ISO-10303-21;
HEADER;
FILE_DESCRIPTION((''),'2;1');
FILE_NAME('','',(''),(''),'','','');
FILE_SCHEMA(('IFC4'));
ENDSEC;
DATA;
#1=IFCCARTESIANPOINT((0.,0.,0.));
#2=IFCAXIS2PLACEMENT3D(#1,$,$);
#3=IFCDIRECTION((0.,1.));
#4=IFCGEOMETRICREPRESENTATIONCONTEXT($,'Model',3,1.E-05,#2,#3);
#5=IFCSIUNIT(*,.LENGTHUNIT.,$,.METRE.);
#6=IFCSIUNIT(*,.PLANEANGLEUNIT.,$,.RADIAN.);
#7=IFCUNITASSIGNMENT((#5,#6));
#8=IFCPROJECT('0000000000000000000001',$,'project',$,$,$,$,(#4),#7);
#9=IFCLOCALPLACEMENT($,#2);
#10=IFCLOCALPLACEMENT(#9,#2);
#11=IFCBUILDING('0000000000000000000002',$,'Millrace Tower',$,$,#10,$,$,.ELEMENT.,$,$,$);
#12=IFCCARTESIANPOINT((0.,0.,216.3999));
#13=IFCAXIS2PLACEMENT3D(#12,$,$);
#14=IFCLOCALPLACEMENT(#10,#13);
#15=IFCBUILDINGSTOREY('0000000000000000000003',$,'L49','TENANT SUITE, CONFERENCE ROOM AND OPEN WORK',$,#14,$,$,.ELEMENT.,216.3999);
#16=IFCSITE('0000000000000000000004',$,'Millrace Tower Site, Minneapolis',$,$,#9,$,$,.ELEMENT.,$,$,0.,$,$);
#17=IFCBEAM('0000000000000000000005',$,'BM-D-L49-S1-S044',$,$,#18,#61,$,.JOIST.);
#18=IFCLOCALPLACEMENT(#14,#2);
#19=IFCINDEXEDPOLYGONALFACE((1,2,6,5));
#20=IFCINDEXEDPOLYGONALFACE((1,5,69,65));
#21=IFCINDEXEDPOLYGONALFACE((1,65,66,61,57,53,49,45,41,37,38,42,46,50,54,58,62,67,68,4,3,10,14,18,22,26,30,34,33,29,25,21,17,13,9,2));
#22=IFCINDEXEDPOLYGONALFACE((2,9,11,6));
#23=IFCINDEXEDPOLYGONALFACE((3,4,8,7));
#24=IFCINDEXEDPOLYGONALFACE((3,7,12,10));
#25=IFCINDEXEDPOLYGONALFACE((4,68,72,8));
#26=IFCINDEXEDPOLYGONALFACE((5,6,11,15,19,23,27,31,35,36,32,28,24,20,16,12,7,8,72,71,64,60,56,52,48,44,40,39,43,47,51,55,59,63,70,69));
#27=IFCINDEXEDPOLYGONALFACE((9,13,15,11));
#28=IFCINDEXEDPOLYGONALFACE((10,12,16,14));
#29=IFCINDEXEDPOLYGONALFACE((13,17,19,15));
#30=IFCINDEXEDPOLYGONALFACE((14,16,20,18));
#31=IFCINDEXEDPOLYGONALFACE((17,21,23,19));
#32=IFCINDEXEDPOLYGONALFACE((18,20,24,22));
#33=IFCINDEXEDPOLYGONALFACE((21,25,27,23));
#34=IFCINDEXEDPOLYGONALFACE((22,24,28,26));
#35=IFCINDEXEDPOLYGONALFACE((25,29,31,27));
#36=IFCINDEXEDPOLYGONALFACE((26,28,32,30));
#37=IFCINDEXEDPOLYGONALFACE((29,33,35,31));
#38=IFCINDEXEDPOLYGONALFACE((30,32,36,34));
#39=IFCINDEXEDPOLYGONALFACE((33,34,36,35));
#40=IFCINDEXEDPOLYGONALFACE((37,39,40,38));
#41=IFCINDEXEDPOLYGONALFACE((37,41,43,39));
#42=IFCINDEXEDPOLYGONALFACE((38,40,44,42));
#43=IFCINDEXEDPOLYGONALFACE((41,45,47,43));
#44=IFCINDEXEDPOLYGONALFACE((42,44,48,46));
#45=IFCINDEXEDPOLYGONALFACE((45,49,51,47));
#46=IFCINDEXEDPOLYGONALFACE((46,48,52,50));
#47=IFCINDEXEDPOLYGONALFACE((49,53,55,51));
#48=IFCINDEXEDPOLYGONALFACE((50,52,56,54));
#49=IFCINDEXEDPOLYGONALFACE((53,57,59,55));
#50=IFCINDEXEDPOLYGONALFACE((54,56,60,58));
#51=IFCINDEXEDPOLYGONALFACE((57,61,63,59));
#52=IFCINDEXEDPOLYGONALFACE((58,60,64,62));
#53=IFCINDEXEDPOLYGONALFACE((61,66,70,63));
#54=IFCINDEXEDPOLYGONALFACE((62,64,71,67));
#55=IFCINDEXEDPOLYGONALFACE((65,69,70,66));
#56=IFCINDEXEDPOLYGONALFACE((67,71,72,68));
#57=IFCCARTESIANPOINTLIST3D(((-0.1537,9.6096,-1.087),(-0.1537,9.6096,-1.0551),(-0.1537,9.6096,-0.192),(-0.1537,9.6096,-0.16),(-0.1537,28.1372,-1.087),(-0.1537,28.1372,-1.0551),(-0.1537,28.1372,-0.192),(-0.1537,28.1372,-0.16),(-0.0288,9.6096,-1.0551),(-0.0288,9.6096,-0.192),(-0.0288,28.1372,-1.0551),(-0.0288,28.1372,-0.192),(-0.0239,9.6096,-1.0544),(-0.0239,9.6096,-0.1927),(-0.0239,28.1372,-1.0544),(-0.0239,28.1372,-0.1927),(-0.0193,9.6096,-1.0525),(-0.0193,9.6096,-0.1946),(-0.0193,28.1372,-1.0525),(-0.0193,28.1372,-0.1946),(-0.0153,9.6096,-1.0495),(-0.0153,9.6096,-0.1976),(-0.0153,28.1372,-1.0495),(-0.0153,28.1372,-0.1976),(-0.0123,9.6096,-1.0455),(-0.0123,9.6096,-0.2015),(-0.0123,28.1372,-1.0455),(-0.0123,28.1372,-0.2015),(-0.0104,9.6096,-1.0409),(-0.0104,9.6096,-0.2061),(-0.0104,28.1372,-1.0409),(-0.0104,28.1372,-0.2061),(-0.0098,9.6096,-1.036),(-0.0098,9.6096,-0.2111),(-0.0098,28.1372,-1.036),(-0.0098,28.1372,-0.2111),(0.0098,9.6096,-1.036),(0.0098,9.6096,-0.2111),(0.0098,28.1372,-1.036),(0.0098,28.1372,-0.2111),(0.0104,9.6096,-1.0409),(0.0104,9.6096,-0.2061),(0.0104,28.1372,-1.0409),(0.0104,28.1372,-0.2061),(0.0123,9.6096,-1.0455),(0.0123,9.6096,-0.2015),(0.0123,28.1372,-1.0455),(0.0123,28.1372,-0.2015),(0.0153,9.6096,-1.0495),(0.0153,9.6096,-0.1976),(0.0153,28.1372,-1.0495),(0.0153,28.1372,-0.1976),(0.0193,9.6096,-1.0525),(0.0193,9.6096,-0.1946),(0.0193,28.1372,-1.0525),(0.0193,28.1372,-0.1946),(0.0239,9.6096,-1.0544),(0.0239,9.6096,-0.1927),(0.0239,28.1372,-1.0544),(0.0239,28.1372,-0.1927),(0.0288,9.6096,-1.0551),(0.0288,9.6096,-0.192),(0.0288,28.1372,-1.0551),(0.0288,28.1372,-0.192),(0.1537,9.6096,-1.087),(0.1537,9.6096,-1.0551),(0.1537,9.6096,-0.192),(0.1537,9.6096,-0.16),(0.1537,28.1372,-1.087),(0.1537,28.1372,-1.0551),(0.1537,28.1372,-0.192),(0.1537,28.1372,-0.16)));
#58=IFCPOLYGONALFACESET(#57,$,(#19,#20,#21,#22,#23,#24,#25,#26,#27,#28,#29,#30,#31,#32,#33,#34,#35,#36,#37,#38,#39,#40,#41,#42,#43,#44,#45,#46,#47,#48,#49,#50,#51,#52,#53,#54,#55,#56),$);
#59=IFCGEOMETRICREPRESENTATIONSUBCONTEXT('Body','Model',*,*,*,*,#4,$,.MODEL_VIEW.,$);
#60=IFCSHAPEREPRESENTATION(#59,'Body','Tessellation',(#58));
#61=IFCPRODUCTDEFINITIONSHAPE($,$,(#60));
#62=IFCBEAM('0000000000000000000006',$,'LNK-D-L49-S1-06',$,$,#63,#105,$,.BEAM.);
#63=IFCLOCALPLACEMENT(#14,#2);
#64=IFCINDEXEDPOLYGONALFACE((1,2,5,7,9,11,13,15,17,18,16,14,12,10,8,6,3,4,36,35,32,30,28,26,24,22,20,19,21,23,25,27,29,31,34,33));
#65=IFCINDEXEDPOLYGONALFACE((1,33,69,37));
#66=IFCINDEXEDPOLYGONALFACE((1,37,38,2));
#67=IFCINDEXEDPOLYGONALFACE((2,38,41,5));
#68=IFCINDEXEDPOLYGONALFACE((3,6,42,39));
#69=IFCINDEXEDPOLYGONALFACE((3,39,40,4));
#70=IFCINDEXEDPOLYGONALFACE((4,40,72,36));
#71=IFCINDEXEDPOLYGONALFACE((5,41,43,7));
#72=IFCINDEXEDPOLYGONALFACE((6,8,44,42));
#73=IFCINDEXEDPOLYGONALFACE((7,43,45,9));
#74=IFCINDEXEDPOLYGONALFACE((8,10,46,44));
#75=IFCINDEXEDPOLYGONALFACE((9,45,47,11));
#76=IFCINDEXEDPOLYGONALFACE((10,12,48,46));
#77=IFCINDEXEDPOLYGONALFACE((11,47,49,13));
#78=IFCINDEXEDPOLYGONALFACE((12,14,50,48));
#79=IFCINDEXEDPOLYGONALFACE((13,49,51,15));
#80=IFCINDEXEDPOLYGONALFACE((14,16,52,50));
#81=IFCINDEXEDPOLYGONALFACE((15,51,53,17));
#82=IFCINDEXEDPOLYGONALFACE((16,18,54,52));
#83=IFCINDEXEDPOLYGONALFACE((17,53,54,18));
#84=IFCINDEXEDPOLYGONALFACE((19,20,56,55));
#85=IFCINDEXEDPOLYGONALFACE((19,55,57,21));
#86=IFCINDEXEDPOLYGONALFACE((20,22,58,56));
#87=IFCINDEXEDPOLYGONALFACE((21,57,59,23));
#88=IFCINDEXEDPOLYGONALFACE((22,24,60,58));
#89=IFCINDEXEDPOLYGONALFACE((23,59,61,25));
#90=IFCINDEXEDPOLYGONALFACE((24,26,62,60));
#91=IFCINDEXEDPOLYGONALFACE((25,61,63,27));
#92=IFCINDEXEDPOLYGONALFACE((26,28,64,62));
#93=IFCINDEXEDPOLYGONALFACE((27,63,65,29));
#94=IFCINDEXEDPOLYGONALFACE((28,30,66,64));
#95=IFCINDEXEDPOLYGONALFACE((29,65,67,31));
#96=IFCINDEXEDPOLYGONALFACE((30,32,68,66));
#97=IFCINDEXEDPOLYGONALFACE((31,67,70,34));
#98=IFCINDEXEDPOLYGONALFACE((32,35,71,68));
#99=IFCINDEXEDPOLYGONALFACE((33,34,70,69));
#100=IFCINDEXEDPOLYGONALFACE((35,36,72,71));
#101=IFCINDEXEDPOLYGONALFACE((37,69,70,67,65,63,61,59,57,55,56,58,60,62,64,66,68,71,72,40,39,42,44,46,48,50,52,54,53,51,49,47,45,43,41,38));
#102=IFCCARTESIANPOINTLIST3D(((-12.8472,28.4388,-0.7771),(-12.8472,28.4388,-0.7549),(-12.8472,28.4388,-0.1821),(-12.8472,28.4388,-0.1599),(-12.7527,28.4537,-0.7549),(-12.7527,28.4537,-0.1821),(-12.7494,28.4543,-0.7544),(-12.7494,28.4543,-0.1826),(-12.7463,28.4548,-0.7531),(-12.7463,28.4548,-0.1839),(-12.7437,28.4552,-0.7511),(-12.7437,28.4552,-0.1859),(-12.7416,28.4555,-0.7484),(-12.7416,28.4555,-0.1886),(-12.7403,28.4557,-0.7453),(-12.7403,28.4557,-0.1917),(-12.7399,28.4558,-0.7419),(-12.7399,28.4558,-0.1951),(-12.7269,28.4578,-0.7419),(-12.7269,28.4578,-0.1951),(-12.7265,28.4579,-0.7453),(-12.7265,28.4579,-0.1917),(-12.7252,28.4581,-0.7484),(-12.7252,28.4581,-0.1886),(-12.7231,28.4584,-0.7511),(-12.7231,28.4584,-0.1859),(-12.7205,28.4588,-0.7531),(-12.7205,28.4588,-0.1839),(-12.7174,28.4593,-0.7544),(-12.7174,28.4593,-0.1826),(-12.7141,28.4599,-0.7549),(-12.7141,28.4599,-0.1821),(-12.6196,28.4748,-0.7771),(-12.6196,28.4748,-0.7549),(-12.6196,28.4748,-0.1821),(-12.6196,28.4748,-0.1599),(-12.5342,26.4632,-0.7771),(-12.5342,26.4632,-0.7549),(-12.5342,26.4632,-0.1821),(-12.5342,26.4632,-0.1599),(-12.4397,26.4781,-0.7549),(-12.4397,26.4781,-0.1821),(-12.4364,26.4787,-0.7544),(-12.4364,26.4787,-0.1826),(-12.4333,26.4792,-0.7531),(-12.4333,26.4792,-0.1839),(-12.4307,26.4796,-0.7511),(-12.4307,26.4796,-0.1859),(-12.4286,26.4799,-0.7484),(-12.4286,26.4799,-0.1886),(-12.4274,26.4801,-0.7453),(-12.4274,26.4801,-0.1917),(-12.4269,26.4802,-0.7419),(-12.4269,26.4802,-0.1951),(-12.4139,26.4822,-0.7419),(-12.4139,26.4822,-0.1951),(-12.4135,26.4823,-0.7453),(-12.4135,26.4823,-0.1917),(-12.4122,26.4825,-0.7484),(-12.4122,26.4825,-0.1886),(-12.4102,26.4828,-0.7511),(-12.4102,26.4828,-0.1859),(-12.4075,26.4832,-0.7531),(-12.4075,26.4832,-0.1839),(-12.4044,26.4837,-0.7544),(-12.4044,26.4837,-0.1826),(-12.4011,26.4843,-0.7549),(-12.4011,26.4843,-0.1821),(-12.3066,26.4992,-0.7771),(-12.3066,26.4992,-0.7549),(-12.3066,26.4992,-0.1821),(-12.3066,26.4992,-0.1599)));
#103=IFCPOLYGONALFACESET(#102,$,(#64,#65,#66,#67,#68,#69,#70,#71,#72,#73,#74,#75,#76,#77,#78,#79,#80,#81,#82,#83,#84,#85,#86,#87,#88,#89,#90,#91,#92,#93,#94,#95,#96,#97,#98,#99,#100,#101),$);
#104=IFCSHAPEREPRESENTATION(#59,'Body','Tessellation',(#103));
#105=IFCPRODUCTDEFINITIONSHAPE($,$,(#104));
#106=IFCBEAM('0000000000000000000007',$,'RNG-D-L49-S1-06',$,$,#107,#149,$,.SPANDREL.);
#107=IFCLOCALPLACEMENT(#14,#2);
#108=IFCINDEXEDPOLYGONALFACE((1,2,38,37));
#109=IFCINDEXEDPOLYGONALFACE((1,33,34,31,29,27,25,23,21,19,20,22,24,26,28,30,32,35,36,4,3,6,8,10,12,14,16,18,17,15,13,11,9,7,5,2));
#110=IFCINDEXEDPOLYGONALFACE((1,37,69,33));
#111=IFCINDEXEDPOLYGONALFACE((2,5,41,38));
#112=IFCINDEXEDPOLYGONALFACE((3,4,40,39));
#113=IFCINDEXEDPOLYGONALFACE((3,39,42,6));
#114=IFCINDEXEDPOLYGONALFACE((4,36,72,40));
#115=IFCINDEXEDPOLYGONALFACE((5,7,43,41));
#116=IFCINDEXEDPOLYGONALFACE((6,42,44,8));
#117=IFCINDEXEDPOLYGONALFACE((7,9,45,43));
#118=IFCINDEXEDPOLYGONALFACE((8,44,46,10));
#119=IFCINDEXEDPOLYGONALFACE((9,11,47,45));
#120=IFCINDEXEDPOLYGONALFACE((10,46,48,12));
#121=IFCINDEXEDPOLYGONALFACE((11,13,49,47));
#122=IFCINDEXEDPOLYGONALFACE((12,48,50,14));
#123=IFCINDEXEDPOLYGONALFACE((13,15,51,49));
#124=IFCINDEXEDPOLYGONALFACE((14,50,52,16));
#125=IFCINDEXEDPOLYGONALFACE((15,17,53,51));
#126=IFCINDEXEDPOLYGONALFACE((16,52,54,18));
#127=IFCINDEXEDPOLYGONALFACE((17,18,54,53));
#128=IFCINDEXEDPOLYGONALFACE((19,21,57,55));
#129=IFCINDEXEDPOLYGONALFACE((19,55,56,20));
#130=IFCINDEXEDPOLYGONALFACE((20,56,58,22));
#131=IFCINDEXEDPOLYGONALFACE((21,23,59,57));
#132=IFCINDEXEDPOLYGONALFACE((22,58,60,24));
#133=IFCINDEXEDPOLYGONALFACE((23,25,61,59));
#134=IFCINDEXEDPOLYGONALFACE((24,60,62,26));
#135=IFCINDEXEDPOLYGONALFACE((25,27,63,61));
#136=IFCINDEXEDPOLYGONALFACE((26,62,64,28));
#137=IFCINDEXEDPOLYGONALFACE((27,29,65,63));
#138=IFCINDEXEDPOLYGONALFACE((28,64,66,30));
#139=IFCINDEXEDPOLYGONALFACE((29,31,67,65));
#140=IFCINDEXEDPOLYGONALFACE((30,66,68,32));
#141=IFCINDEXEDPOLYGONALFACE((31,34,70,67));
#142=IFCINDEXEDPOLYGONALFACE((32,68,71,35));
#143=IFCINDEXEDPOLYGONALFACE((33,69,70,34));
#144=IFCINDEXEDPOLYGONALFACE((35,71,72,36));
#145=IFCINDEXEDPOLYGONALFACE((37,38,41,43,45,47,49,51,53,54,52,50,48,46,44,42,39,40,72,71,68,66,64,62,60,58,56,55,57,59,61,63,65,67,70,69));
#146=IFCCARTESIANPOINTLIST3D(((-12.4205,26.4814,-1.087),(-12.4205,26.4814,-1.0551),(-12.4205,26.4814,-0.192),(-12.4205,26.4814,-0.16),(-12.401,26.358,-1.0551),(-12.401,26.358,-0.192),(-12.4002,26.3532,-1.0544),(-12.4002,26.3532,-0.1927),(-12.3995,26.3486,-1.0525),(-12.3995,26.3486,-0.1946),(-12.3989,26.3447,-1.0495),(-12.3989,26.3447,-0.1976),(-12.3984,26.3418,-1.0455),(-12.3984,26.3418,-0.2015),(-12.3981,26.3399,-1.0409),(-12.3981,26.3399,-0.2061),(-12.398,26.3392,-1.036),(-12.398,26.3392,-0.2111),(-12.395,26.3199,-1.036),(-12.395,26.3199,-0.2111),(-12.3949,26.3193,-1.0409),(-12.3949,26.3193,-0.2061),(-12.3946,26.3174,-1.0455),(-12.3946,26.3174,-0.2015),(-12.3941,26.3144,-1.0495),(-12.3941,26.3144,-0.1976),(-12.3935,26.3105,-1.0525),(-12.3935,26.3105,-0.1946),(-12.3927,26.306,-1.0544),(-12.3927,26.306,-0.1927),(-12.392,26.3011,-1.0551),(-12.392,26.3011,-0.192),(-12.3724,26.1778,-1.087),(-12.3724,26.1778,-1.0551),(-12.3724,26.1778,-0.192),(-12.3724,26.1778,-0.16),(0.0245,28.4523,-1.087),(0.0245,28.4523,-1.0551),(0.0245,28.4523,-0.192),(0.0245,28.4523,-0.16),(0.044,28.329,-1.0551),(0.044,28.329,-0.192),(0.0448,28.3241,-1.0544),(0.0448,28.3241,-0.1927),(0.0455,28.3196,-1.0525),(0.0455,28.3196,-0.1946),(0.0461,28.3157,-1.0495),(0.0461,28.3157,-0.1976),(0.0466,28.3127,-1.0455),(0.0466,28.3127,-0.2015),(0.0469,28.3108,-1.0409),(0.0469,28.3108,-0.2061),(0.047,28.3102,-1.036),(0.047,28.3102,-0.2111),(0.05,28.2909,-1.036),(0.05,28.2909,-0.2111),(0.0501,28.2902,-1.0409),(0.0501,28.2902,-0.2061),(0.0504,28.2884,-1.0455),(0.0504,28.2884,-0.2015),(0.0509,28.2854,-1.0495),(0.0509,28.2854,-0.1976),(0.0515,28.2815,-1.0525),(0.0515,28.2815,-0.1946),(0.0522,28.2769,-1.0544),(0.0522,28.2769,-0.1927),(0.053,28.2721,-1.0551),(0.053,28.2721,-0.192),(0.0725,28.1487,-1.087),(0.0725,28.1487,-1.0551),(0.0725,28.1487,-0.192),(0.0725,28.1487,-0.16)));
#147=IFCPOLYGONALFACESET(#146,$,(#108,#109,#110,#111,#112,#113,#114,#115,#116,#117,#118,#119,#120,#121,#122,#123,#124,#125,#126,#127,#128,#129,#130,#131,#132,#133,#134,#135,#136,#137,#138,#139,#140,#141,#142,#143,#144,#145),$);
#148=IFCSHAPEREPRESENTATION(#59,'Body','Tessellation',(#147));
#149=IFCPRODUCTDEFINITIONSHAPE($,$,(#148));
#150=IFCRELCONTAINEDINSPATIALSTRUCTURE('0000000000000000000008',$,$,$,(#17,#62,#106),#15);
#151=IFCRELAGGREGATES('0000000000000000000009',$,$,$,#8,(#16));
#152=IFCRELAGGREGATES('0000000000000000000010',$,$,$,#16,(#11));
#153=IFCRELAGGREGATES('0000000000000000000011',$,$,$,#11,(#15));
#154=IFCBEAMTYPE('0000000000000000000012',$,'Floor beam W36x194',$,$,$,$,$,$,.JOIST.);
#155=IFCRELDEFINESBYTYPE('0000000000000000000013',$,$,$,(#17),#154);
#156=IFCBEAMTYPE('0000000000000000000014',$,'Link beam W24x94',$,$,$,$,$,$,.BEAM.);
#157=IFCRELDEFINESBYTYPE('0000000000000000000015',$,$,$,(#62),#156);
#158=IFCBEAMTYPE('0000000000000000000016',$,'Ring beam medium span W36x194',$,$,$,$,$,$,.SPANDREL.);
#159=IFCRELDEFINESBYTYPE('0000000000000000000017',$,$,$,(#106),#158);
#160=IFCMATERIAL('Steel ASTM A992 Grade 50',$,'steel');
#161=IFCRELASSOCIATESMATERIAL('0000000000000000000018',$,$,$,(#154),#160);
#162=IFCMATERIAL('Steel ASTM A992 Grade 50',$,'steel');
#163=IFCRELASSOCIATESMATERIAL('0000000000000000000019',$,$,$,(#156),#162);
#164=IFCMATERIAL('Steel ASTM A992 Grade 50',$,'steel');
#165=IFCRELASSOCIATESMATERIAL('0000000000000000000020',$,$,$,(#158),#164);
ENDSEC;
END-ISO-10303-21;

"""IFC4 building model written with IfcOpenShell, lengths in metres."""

from ifc_helpers import new_model, si_unit, direction, frame, origin, origin_2d, place, context, subcontext, project, spatial, i_section, extrude, material, material_profile, profile_set, type_object, element, save


model = new_model("IFC4")

# Units and contexts
model_context = context("Model", 3, precision=1e-05, world=origin(), true_north=direction((0.0, 1.0)))
body_context = subcontext(model_context, "Body", "Model", "MODEL_VIEW")
ifc_project = project(units=[si_unit("LENGTHUNIT", "METRE"), si_unit("PLANEANGLEUNIT", "RADIAN")], contexts=[model_context])

# Site, building, storey
site_placement = place(None, origin())
site = spatial("IfcSite", under=ifc_project, at=site_placement, Name="Millrace Tower Site, Minneapolis", CompositionType="ELEMENT", RefElevation=0.0)
building_placement = place(site_placement, origin())
building = spatial("IfcBuilding", under=site, at=building_placement, Name="Millrace Tower", CompositionType="ELEMENT")
storey_placement = place(building_placement, frame((0.0, 0.0, 216.3999)))
storey = spatial("IfcBuildingStorey", under=building, at=storey_placement, Name="L49", Description="TENANT SUITE, CONFERENCE ROOM AND OPEN WORK", CompositionType="ELEMENT", Elevation=216.3999)

# Beams
ifc_material_1 = material(Name="Steel ASTM A992 Grade 50", Category="steel")
ifc_material_profile_1 = material_profile(ifc_material_1, i_section(OverallWidth=0.3074, OverallDepth=0.927, WebThickness=0.0195, FlangeThickness=0.032, FilletRadius=0.019, at=origin_2d()))
ifc_profile_set_1 = profile_set([ifc_material_profile_1], Name="Steel ASTM A992 Grade 50")
beam_type_1 = type_object("IfcBeamType", Name="Floor beam W36x194", PredefinedType="JOIST", material=ifc_profile_set_1)
beam_1_placement = place(storey_placement, frame((0.0, 9.6096, -0.6235), z_axis=(0.0, 1.0, 0.0), x_axis=(-1.0, 0.0, 0.0)))
element("IfcBeam", 1, at=beam_1_placement, inside=storey, type_object=beam_type_1, Name="BM-D-L49-S1-S044", PredefinedType="JOIST", context=body_context, shape_type="SweptSolid", body=[
    extrude(i_section(OverallWidth=0.3074, OverallDepth=0.927, WebThickness=0.0195, FlangeThickness=0.032, FilletRadius=0.019, at=origin_2d()), origin(), (0.0, 0.0, 1.0), 18.5276),
])
ifc_material_2 = material(Name="Steel ASTM A992 Grade 50", Category="steel")
ifc_material_profile_2 = material_profile(ifc_material_2, i_section(OverallWidth=0.2305, OverallDepth=0.6172, WebThickness=0.0132, FlangeThickness=0.0222, FilletRadius=0.0129, at=origin_2d()))
ifc_profile_set_2 = profile_set([ifc_material_profile_2], Name="Steel ASTM A992 Grade 50")
beam_type_2 = type_object("IfcBeamType", Name="Link beam W24x94", PredefinedType="BEAM", material=ifc_profile_set_2)
beam_2_placement = place(storey_placement, frame((-12.4204, 26.4812, -0.4685), z_axis=(-0.156477, 0.987682, 0.0), x_axis=(-0.987682, -0.156477, 0.0)))
element("IfcBeam", 2, at=beam_2_placement, inside=storey, type_object=beam_type_2, Name="LNK-D-L49-S1-06", PredefinedType="BEAM", context=body_context, shape_type="SweptSolid", body=[
    extrude(i_section(OverallWidth=0.2305, OverallDepth=0.6172, WebThickness=0.0132, FlangeThickness=0.0222, FilletRadius=0.0129, at=origin_2d()), origin(), (0.0, 0.0, 1.0), 2.0002),
])
ifc_material_3 = material(Name="Steel ASTM A992 Grade 50", Category="steel")
ifc_material_profile_3 = material_profile(ifc_material_3, i_section(OverallWidth=0.3074, OverallDepth=0.927, WebThickness=0.0195, FlangeThickness=0.032, FilletRadius=0.019, at=origin_2d()))
ifc_profile_set_3 = profile_set([ifc_material_profile_3], Name="Steel ASTM A992 Grade 50")
beam_type_3 = type_object("IfcBeamType", Name="Ring beam medium span W36x194", PredefinedType="SPANDREL", material=ifc_profile_set_3)
beam_3_placement = place(storey_placement, frame((-12.3965, 26.3296, -0.6235), z_axis=(0.98769, 0.156422, 0.0), x_axis=(-0.156422, 0.98769, 0.0)))
element("IfcBeam", 3, at=beam_3_placement, inside=storey, type_object=beam_type_3, Name="RNG-D-L49-S1-06", PredefinedType="SPANDREL", context=body_context, shape_type="SweptSolid", body=[
    extrude(i_section(OverallWidth=0.3074, OverallDepth=0.927, WebThickness=0.0195, FlangeThickness=0.032, FilletRadius=0.019, at=origin_2d()), origin(), (0.0, 0.0, 1.0), 12.6001),
])

save(model, "model.ifc")
